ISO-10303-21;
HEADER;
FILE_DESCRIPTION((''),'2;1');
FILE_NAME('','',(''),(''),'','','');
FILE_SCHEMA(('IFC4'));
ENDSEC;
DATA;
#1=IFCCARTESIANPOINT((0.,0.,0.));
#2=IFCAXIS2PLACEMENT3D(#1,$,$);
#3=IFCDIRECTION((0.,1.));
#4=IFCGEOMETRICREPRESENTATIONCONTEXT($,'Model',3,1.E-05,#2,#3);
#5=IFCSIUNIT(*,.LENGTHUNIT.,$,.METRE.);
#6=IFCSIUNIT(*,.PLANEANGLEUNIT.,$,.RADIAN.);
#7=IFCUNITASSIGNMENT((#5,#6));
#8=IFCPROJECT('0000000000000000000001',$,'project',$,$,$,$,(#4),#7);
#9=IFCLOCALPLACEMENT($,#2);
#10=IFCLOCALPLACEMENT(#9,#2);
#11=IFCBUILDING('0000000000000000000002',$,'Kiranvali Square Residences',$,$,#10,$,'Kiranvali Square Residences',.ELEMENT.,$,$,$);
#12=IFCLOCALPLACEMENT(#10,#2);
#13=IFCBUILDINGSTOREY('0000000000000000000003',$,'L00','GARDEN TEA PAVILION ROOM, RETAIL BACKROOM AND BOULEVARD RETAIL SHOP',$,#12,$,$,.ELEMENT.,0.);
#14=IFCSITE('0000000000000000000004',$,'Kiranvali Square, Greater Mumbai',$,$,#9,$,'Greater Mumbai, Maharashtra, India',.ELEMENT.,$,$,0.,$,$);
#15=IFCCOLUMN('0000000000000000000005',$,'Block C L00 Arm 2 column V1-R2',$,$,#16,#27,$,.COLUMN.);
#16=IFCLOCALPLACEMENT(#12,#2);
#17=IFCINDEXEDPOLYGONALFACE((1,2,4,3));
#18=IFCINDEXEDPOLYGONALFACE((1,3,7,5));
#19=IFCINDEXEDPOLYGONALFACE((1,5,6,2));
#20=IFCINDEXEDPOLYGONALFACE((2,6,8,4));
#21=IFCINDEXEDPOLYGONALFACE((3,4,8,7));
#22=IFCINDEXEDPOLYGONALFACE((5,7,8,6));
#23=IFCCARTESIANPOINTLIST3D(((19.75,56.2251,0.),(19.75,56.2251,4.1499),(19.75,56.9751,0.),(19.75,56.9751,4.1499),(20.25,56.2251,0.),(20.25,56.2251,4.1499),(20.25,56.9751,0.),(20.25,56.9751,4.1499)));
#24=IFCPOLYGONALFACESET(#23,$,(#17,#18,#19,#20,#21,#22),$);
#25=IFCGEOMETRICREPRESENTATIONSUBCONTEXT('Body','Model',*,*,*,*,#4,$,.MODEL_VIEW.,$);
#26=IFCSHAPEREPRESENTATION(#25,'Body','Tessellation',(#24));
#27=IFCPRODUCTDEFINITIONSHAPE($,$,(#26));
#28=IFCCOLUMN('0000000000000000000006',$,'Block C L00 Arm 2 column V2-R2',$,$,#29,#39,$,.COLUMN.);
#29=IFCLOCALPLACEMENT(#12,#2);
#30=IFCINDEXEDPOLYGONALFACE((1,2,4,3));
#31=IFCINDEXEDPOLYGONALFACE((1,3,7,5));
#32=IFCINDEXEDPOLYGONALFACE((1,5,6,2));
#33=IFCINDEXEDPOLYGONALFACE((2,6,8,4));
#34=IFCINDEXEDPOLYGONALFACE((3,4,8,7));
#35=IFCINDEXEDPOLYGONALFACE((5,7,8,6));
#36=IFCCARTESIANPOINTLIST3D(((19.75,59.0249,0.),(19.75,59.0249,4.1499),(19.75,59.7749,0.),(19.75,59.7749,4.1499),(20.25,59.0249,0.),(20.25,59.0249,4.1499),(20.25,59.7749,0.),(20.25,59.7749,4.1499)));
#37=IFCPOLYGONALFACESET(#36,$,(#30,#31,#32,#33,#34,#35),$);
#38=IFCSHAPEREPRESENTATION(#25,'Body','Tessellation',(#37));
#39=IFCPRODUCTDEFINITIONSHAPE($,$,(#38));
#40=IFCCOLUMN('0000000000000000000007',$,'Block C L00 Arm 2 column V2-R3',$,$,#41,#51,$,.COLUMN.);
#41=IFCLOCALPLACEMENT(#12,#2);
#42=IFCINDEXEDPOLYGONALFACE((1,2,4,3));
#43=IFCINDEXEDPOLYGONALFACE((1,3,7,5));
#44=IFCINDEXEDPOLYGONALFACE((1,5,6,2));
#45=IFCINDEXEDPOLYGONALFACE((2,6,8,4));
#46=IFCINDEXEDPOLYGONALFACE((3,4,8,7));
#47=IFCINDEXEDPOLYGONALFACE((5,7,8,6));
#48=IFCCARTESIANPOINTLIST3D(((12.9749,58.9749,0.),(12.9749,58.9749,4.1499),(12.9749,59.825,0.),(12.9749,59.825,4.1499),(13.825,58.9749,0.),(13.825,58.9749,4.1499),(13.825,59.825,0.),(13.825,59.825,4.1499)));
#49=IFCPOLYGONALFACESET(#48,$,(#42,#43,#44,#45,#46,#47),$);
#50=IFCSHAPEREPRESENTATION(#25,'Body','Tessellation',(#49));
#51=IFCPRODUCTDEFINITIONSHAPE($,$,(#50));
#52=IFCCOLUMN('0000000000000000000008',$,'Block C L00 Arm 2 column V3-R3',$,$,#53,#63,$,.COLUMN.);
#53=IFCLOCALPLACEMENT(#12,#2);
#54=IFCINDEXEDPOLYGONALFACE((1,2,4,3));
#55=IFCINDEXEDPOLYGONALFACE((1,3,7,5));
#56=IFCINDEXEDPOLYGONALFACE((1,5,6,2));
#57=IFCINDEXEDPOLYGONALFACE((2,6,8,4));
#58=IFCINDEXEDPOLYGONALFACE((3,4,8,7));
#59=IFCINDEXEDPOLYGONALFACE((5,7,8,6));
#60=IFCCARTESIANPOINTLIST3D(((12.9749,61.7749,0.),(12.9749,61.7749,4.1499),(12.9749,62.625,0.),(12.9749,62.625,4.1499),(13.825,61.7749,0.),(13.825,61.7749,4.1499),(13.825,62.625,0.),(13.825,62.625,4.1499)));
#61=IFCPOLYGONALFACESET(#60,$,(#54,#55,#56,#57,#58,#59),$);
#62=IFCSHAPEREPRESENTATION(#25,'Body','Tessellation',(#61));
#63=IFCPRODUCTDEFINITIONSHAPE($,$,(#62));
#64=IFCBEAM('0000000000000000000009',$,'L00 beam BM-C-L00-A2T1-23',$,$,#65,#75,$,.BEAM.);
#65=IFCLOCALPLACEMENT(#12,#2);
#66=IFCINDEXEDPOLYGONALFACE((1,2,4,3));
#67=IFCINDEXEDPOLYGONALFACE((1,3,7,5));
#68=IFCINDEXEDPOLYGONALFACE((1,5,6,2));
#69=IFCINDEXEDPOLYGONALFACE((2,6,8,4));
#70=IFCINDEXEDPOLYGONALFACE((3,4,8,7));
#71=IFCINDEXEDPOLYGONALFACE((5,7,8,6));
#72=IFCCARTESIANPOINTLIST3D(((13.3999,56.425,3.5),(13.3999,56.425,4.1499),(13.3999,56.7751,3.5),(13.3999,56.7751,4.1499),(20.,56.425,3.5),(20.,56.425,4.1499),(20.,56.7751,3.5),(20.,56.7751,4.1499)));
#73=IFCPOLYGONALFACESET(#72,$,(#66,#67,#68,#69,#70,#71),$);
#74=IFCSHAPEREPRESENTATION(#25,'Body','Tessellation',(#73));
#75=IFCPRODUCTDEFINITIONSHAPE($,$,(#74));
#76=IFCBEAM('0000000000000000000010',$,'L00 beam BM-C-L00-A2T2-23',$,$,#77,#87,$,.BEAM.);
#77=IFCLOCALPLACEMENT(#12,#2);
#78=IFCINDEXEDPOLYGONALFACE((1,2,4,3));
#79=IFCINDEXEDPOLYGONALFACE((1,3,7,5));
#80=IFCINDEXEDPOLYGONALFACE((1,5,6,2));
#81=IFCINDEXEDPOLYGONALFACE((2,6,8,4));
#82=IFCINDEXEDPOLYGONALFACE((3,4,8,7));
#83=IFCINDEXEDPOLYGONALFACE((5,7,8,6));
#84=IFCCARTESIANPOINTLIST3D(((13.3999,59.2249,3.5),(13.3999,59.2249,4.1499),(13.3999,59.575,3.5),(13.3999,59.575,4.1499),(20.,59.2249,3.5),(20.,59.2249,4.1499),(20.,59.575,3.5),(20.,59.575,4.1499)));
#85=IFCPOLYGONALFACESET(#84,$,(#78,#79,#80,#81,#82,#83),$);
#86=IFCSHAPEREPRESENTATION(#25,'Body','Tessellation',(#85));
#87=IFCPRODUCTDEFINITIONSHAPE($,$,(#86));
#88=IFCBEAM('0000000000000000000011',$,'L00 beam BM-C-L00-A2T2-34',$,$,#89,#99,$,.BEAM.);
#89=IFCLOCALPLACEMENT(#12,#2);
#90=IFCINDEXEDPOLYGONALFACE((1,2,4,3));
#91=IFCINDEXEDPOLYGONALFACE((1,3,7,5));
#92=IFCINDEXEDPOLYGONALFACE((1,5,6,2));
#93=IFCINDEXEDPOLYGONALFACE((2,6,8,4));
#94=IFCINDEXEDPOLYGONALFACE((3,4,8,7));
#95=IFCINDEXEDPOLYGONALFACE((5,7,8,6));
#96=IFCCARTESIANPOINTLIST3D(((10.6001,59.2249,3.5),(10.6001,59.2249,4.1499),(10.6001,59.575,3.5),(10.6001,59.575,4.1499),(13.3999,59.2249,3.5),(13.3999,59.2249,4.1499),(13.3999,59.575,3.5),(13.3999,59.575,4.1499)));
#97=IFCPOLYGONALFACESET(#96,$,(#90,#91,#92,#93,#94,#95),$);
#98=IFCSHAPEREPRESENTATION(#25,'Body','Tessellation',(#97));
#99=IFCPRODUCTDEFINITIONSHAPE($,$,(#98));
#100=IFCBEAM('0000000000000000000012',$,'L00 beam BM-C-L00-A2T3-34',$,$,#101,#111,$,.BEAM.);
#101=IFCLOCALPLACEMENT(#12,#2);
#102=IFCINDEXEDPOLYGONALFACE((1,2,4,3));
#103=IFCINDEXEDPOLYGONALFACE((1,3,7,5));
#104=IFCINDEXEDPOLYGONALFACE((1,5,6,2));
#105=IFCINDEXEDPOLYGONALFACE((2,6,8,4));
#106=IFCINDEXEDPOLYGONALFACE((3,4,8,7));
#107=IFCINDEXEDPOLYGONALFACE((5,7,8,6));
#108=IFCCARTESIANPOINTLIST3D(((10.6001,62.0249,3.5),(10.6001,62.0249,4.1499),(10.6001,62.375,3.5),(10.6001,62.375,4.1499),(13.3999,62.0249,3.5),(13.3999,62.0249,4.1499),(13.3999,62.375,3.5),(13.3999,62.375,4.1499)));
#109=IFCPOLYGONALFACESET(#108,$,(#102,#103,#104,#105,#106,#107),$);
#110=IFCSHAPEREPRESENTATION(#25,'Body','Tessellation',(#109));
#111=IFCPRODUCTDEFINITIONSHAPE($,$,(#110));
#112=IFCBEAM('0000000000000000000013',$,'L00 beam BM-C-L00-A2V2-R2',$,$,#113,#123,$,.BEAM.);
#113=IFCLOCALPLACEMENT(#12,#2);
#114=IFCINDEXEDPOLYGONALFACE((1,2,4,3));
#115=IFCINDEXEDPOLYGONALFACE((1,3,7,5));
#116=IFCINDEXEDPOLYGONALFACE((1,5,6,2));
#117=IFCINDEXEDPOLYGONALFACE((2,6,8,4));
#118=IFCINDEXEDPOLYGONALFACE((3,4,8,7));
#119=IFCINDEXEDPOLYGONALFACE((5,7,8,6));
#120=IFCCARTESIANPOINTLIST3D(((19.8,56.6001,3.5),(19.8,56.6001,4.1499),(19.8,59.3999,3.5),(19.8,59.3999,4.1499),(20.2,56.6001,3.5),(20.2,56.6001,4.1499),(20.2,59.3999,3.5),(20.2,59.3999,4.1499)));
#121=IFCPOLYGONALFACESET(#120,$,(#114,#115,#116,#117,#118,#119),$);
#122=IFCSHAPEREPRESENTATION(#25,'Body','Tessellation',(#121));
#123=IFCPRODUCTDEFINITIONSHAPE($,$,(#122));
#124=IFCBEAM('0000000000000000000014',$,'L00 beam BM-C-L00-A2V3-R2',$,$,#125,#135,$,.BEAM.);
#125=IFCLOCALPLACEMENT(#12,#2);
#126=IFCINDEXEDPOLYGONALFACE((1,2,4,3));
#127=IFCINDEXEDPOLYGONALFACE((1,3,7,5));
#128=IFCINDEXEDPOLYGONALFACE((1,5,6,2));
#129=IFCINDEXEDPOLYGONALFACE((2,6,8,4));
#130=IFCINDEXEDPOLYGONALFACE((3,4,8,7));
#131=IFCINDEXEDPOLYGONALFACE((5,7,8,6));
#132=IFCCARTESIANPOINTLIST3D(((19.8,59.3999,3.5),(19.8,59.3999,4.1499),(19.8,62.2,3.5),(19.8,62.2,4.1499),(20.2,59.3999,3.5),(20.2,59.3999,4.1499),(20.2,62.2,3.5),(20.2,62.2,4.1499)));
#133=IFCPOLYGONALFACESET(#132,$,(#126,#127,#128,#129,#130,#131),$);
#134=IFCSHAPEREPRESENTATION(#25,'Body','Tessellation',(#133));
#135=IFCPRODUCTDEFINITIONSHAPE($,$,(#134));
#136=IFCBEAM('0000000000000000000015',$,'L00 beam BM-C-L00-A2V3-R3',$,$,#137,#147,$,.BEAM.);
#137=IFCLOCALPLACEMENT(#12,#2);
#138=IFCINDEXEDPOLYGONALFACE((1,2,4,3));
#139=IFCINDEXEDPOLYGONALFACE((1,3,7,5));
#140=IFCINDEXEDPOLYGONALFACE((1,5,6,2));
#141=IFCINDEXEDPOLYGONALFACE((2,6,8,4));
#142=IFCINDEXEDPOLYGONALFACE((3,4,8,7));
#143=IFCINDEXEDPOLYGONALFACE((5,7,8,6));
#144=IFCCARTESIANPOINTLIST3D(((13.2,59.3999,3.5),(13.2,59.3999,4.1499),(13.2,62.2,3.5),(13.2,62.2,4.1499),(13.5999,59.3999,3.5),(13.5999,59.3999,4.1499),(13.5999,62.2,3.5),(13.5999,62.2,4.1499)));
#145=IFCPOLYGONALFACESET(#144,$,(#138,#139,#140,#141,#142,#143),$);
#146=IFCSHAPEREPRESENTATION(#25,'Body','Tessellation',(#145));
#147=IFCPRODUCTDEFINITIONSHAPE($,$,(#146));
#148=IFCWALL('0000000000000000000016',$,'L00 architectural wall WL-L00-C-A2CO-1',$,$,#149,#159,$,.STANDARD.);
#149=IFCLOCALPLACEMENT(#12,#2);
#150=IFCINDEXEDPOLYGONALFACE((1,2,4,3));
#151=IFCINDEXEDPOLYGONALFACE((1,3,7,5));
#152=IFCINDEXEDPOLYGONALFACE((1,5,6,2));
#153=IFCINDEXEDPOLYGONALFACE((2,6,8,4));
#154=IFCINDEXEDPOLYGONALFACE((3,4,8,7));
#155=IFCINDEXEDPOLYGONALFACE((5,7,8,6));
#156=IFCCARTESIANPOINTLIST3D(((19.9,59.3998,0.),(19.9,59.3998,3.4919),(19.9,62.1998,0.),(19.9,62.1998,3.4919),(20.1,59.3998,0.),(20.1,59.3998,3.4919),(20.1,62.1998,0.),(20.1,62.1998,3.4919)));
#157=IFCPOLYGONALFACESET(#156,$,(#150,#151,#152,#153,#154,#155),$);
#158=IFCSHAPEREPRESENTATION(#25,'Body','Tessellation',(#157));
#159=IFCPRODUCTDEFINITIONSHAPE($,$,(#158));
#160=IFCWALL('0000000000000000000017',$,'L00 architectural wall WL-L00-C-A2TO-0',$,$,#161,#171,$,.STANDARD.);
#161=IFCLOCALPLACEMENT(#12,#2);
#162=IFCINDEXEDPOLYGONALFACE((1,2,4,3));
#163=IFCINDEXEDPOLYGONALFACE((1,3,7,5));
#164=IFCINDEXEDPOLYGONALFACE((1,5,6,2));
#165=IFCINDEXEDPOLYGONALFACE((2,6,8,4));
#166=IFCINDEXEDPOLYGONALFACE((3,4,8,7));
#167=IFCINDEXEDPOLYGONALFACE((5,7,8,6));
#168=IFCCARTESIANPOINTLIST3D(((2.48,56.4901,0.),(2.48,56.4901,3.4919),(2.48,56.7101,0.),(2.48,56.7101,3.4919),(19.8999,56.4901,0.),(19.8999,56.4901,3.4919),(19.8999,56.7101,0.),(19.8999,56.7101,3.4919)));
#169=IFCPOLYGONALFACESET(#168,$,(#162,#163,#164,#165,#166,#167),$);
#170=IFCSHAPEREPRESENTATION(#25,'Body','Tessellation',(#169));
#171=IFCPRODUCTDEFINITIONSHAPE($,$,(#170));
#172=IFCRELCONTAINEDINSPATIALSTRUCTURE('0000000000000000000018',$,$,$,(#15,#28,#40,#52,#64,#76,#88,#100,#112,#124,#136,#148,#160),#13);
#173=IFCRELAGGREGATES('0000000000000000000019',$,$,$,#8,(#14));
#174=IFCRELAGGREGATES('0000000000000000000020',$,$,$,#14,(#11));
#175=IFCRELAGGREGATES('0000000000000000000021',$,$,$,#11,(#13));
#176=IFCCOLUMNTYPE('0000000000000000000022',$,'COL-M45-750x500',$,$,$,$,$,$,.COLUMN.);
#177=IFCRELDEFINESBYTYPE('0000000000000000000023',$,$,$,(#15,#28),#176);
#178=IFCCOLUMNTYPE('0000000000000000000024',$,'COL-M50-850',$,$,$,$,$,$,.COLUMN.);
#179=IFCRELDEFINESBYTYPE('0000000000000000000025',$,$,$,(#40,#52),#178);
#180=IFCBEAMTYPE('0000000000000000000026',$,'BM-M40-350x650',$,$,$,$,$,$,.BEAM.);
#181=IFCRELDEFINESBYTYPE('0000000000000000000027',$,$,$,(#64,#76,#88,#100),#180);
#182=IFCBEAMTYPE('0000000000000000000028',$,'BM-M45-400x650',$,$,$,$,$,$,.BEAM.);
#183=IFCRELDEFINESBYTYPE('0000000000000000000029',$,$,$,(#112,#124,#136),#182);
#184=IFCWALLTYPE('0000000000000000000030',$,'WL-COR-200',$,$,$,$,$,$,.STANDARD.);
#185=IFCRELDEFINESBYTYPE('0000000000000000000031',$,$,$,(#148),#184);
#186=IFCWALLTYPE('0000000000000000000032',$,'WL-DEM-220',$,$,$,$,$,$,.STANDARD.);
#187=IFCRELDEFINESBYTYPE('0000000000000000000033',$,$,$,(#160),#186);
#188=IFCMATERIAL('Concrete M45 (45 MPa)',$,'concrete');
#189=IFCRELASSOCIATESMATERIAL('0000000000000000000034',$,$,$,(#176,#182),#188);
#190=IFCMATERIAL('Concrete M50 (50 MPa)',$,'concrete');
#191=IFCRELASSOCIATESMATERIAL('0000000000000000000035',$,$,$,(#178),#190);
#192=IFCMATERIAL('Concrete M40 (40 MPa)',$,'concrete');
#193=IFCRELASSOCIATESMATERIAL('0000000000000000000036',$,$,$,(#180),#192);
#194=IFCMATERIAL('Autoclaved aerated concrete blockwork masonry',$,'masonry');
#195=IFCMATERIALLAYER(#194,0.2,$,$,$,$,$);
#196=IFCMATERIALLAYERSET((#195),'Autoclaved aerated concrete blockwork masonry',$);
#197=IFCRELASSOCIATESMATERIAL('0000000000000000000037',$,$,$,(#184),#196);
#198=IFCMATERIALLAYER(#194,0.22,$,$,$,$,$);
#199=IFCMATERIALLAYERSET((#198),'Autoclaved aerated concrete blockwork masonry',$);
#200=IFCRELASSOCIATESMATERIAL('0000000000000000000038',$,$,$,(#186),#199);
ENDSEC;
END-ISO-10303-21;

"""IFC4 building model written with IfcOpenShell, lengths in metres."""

from ifc_helpers import new_model, si_unit, direction, frame, frame_2d, origin, origin_2d, place, context, subcontext, project, spatial, rectangle, extrude, material, layer, layer_set, material_profile, profile_set, type_object, element, save


model = new_model("IFC4")

# Units and contexts
model_context = context("Model", 3, precision=1e-05, world=origin(), true_north=direction((0.0, 1.0)))
body_context = subcontext(model_context, "Body", "Model", "MODEL_VIEW")
ifc_project = project(units=[si_unit("LENGTHUNIT", "METRE"), si_unit("PLANEANGLEUNIT", "RADIAN")], contexts=[model_context])

# Site, building, storey
site_placement = place(None, origin())
site = spatial("IfcSite", under=ifc_project, at=site_placement, Name="Kiranvali Square, Greater Mumbai", LongName="Greater Mumbai, Maharashtra, India", CompositionType="ELEMENT", RefElevation=0.0)
building_placement = place(site_placement, origin())
building = spatial("IfcBuilding", under=site, at=building_placement, Name="Kiranvali Square Residences", LongName="Kiranvali Square Residences", CompositionType="ELEMENT")
storey_placement = place(building_placement, origin())
storey = spatial("IfcBuildingStorey", under=building, at=storey_placement, Name="L00", Description="GARDEN TEA PAVILION ROOM, RETAIL BACKROOM AND BOULEVARD RETAIL SHOP", CompositionType="ELEMENT", Elevation=0.0)

# Columns
ifc_material_1 = material(Name="Concrete M45 (45 MPa)", Category="concrete")
ifc_material_profile_1 = material_profile(ifc_material_1, rectangle(XDim=0.5, YDim=0.75, at=origin_2d()), Name="RC 750x500")
ifc_profile_set_1 = profile_set([ifc_material_profile_1], Name="Concrete M45 (45 MPa)")
column_type_1 = type_object("IfcColumnType", Name="COL-M45-750x500", PredefinedType="COLUMN", material=ifc_profile_set_1)
for number, where, z_axis, x_axis, name in (
    (1, (20.0, 56.6001, 0.0), (0.0, 0.0, 1.0), (1.0, 0.0, 0.0), "Block C L00 Arm 2 column V1-R2"),
    (2, (20.0, 59.3999, 0.0), (0.0, 0.0, 1.0), (1.0, 0.0, 0.0), "Block C L00 Arm 2 column V2-R2"),
):
    element("IfcColumn", number, at=place(storey_placement, frame(where, z_axis=z_axis, x_axis=x_axis)), inside=storey, type_object=column_type_1, Name=name, PredefinedType="COLUMN", context=body_context, shape_type="SweptSolid", body=[
        extrude(rectangle(XDim=0.5, YDim=0.75, at=origin_2d()), origin(), (0.0, 0.0, 1.0), 4.1499),
    ])
ifc_material_2 = material(Name="Concrete M50 (50 MPa)", Category="concrete")
ifc_material_profile_2 = material_profile(ifc_material_2, rectangle(XDim=0.8501, YDim=0.8501, at=origin_2d()), Name="RC 850x850")
ifc_profile_set_2 = profile_set([ifc_material_profile_2], Name="Concrete M50 (50 MPa)")
column_type_2 = type_object("IfcColumnType", Name="COL-M50-850", PredefinedType="COLUMN", material=ifc_profile_set_2)
for number, where, z_axis, x_axis, name in (
    (3, (13.3999, 59.3999, 0.0), (0.0, 0.0, 1.0), (1.0, 0.0, 0.0), "Block C L00 Arm 2 column V2-R3"),
    (4, (13.3999, 62.2, 0.0), (0.0, 0.0, 1.0), (1.0, 0.0, 0.0), "Block C L00 Arm 2 column V3-R3"),
):
    element("IfcColumn", number, at=place(storey_placement, frame(where, z_axis=z_axis, x_axis=x_axis)), inside=storey, type_object=column_type_2, Name=name, PredefinedType="COLUMN", context=body_context, shape_type="SweptSolid", body=[
        extrude(rectangle(XDim=0.8501, YDim=0.8501, at=origin_2d()), origin(), (0.0, 0.0, 1.0), 4.1499),
    ])

# Beams
ifc_material_3 = material(Name="Concrete M40 (40 MPa)", Category="concrete")
ifc_material_profile_3 = material_profile(ifc_material_3, rectangle(XDim=0.3501, YDim=0.6499, at=origin_2d()), Name="RC 350x650")
ifc_profile_set_3 = profile_set([ifc_material_profile_3], Name="Concrete M40 (40 MPa)")
beam_type_1 = type_object("IfcBeamType", Name="BM-M40-350x650", PredefinedType="BEAM", material=ifc_profile_set_3)
for number, where, z_axis, x_axis, name in (
    (5, (20.0, 56.6001, 3.825), (-1.0, 0.0, 0.0), (0.0, -1.0, 0.0), "L00 beam BM-C-L00-A2T1-23"),
    (6, (20.0, 59.3999, 3.825), (-1.0, 0.0, 0.0), (0.0, -1.0, 0.0), "L00 beam BM-C-L00-A2T2-23"),
):
    element("IfcBeam", number, at=place(storey_placement, frame(where, z_axis=z_axis, x_axis=x_axis)), inside=storey, type_object=beam_type_1, Name=name, PredefinedType="BEAM", context=body_context, shape_type="SweptSolid", body=[
        extrude(rectangle(XDim=0.3501, YDim=0.6499, at=origin_2d()), origin(), (0.0, 0.0, 1.0), 6.6001),
    ])
for number, where, z_axis, x_axis, name in (
    (7, (13.3999, 59.3999, 3.825), (-1.0, 0.0, 0.0), (0.0, -1.0, 0.0), "L00 beam BM-C-L00-A2T2-34"),
    (8, (13.3999, 62.2, 3.825), (-1.0, 0.0, 0.0), (0.0, -1.0, 0.0), "L00 beam BM-C-L00-A2T3-34"),
):
    element("IfcBeam", number, at=place(storey_placement, frame(where, z_axis=z_axis, x_axis=x_axis)), inside=storey, type_object=beam_type_1, Name=name, PredefinedType="BEAM", context=body_context, shape_type="SweptSolid", body=[
        extrude(rectangle(XDim=0.3501, YDim=0.6499, at=origin_2d()), origin(), (0.0, 0.0, 1.0), 2.7998),
    ])
ifc_material_profile_4 = material_profile(ifc_material_1, rectangle(XDim=0.3999, YDim=0.6499, at=origin_2d()), Name="RC 400x650")
ifc_profile_set_4 = profile_set([ifc_material_profile_4], Name="Concrete M45 (45 MPa)")
beam_type_2 = type_object("IfcBeamType", Name="BM-M45-400x650", PredefinedType="BEAM", material=ifc_profile_set_4)
beam_placement = place(storey_placement, frame((20.0, 56.6001, 3.825), z_axis=(0.0, 1.0, 0.0), x_axis=(-1.0, 0.0, 0.0)))
element("IfcBeam", 9, at=beam_placement, inside=storey, type_object=beam_type_2, Name="L00 beam BM-C-L00-A2V2-R2", PredefinedType="BEAM", context=body_context, shape_type="SweptSolid", body=[
    extrude(rectangle(XDim=0.3999, YDim=0.6499, at=origin_2d()), origin(), (0.0, 0.0, 1.0), 2.7998),
])
for number, where, z_axis, x_axis, name in (
    (10, (20.0, 59.3999, 3.825), (0.0, 1.0, 0.0), (-1.0, 0.0, 0.0), "L00 beam BM-C-L00-A2V3-R2"),
    (11, (13.3999, 59.3999, 3.825), (0.0, 1.0, 0.0), (-1.0, 0.0, 0.0), "L00 beam BM-C-L00-A2V3-R3"),
):
    element("IfcBeam", number, at=place(storey_placement, frame(where, z_axis=z_axis, x_axis=x_axis)), inside=storey, type_object=beam_type_2, Name=name, PredefinedType="BEAM", context=body_context, shape_type="SweptSolid", body=[
        extrude(rectangle(XDim=0.3999, YDim=0.6499, at=origin_2d()), origin(), (0.0, 0.0, 1.0), 2.8),
    ])

# Shared definitions
ifc_material_4 = material(Name="Autoclaved aerated concrete blockwork masonry", Category="masonry")
ifc_layer_1 = layer(ifc_material_4, 0.2)
ifc_layer_set_1 = layer_set([ifc_layer_1], Name="Autoclaved aerated concrete blockwork masonry")
wall_type_1 = type_object("IfcWallType", Name="WL-COR-200", PredefinedType="STANDARD", material=ifc_layer_set_1)

# Walls
wall_1_placement = place(storey_placement, frame((20.0, 59.3999, 0.0), z_axis=(0.0, 0.0, 1.0), x_axis=(0.0, 1.0, 0.0)))
element("IfcWall", 12, at=wall_1_placement, inside=storey, type_object=wall_type_1, Name="L00 architectural wall WL-L00-C-A2CO-1", PredefinedType="STANDARD", context=body_context, shape_type="SweptSolid", body=[
    extrude(rectangle(XDim=2.8, YDim=0.2, at=frame_2d((1.3999, 0.0))), origin(), (0.0, 0.0, 1.0), 3.4919),
])
ifc_layer_2 = layer(ifc_material_4, 0.22)
ifc_layer_set_2 = layer_set([ifc_layer_2], Name="Autoclaved aerated concrete blockwork masonry")
wall_type_2 = type_object("IfcWallType", Name="WL-DEM-220", PredefinedType="STANDARD", material=ifc_layer_set_2)
wall_2_placement = place(storey_placement, frame((19.8999, 56.6001, 0.0), z_axis=(0.0, 0.0, 1.0), x_axis=(-1.0, 0.0, 0.0)))
element("IfcWall", 13, at=wall_2_placement, inside=storey, type_object=wall_type_2, Name="L00 architectural wall WL-L00-C-A2TO-0", PredefinedType="STANDARD", context=body_context, shape_type="SweptSolid", body=[
    extrude(rectangle(XDim=17.4199, YDim=0.22, at=frame_2d((8.71, 0.0))), origin(), (0.0, 0.0, 1.0), 3.4919),
])

save(model, "model.ifc")
